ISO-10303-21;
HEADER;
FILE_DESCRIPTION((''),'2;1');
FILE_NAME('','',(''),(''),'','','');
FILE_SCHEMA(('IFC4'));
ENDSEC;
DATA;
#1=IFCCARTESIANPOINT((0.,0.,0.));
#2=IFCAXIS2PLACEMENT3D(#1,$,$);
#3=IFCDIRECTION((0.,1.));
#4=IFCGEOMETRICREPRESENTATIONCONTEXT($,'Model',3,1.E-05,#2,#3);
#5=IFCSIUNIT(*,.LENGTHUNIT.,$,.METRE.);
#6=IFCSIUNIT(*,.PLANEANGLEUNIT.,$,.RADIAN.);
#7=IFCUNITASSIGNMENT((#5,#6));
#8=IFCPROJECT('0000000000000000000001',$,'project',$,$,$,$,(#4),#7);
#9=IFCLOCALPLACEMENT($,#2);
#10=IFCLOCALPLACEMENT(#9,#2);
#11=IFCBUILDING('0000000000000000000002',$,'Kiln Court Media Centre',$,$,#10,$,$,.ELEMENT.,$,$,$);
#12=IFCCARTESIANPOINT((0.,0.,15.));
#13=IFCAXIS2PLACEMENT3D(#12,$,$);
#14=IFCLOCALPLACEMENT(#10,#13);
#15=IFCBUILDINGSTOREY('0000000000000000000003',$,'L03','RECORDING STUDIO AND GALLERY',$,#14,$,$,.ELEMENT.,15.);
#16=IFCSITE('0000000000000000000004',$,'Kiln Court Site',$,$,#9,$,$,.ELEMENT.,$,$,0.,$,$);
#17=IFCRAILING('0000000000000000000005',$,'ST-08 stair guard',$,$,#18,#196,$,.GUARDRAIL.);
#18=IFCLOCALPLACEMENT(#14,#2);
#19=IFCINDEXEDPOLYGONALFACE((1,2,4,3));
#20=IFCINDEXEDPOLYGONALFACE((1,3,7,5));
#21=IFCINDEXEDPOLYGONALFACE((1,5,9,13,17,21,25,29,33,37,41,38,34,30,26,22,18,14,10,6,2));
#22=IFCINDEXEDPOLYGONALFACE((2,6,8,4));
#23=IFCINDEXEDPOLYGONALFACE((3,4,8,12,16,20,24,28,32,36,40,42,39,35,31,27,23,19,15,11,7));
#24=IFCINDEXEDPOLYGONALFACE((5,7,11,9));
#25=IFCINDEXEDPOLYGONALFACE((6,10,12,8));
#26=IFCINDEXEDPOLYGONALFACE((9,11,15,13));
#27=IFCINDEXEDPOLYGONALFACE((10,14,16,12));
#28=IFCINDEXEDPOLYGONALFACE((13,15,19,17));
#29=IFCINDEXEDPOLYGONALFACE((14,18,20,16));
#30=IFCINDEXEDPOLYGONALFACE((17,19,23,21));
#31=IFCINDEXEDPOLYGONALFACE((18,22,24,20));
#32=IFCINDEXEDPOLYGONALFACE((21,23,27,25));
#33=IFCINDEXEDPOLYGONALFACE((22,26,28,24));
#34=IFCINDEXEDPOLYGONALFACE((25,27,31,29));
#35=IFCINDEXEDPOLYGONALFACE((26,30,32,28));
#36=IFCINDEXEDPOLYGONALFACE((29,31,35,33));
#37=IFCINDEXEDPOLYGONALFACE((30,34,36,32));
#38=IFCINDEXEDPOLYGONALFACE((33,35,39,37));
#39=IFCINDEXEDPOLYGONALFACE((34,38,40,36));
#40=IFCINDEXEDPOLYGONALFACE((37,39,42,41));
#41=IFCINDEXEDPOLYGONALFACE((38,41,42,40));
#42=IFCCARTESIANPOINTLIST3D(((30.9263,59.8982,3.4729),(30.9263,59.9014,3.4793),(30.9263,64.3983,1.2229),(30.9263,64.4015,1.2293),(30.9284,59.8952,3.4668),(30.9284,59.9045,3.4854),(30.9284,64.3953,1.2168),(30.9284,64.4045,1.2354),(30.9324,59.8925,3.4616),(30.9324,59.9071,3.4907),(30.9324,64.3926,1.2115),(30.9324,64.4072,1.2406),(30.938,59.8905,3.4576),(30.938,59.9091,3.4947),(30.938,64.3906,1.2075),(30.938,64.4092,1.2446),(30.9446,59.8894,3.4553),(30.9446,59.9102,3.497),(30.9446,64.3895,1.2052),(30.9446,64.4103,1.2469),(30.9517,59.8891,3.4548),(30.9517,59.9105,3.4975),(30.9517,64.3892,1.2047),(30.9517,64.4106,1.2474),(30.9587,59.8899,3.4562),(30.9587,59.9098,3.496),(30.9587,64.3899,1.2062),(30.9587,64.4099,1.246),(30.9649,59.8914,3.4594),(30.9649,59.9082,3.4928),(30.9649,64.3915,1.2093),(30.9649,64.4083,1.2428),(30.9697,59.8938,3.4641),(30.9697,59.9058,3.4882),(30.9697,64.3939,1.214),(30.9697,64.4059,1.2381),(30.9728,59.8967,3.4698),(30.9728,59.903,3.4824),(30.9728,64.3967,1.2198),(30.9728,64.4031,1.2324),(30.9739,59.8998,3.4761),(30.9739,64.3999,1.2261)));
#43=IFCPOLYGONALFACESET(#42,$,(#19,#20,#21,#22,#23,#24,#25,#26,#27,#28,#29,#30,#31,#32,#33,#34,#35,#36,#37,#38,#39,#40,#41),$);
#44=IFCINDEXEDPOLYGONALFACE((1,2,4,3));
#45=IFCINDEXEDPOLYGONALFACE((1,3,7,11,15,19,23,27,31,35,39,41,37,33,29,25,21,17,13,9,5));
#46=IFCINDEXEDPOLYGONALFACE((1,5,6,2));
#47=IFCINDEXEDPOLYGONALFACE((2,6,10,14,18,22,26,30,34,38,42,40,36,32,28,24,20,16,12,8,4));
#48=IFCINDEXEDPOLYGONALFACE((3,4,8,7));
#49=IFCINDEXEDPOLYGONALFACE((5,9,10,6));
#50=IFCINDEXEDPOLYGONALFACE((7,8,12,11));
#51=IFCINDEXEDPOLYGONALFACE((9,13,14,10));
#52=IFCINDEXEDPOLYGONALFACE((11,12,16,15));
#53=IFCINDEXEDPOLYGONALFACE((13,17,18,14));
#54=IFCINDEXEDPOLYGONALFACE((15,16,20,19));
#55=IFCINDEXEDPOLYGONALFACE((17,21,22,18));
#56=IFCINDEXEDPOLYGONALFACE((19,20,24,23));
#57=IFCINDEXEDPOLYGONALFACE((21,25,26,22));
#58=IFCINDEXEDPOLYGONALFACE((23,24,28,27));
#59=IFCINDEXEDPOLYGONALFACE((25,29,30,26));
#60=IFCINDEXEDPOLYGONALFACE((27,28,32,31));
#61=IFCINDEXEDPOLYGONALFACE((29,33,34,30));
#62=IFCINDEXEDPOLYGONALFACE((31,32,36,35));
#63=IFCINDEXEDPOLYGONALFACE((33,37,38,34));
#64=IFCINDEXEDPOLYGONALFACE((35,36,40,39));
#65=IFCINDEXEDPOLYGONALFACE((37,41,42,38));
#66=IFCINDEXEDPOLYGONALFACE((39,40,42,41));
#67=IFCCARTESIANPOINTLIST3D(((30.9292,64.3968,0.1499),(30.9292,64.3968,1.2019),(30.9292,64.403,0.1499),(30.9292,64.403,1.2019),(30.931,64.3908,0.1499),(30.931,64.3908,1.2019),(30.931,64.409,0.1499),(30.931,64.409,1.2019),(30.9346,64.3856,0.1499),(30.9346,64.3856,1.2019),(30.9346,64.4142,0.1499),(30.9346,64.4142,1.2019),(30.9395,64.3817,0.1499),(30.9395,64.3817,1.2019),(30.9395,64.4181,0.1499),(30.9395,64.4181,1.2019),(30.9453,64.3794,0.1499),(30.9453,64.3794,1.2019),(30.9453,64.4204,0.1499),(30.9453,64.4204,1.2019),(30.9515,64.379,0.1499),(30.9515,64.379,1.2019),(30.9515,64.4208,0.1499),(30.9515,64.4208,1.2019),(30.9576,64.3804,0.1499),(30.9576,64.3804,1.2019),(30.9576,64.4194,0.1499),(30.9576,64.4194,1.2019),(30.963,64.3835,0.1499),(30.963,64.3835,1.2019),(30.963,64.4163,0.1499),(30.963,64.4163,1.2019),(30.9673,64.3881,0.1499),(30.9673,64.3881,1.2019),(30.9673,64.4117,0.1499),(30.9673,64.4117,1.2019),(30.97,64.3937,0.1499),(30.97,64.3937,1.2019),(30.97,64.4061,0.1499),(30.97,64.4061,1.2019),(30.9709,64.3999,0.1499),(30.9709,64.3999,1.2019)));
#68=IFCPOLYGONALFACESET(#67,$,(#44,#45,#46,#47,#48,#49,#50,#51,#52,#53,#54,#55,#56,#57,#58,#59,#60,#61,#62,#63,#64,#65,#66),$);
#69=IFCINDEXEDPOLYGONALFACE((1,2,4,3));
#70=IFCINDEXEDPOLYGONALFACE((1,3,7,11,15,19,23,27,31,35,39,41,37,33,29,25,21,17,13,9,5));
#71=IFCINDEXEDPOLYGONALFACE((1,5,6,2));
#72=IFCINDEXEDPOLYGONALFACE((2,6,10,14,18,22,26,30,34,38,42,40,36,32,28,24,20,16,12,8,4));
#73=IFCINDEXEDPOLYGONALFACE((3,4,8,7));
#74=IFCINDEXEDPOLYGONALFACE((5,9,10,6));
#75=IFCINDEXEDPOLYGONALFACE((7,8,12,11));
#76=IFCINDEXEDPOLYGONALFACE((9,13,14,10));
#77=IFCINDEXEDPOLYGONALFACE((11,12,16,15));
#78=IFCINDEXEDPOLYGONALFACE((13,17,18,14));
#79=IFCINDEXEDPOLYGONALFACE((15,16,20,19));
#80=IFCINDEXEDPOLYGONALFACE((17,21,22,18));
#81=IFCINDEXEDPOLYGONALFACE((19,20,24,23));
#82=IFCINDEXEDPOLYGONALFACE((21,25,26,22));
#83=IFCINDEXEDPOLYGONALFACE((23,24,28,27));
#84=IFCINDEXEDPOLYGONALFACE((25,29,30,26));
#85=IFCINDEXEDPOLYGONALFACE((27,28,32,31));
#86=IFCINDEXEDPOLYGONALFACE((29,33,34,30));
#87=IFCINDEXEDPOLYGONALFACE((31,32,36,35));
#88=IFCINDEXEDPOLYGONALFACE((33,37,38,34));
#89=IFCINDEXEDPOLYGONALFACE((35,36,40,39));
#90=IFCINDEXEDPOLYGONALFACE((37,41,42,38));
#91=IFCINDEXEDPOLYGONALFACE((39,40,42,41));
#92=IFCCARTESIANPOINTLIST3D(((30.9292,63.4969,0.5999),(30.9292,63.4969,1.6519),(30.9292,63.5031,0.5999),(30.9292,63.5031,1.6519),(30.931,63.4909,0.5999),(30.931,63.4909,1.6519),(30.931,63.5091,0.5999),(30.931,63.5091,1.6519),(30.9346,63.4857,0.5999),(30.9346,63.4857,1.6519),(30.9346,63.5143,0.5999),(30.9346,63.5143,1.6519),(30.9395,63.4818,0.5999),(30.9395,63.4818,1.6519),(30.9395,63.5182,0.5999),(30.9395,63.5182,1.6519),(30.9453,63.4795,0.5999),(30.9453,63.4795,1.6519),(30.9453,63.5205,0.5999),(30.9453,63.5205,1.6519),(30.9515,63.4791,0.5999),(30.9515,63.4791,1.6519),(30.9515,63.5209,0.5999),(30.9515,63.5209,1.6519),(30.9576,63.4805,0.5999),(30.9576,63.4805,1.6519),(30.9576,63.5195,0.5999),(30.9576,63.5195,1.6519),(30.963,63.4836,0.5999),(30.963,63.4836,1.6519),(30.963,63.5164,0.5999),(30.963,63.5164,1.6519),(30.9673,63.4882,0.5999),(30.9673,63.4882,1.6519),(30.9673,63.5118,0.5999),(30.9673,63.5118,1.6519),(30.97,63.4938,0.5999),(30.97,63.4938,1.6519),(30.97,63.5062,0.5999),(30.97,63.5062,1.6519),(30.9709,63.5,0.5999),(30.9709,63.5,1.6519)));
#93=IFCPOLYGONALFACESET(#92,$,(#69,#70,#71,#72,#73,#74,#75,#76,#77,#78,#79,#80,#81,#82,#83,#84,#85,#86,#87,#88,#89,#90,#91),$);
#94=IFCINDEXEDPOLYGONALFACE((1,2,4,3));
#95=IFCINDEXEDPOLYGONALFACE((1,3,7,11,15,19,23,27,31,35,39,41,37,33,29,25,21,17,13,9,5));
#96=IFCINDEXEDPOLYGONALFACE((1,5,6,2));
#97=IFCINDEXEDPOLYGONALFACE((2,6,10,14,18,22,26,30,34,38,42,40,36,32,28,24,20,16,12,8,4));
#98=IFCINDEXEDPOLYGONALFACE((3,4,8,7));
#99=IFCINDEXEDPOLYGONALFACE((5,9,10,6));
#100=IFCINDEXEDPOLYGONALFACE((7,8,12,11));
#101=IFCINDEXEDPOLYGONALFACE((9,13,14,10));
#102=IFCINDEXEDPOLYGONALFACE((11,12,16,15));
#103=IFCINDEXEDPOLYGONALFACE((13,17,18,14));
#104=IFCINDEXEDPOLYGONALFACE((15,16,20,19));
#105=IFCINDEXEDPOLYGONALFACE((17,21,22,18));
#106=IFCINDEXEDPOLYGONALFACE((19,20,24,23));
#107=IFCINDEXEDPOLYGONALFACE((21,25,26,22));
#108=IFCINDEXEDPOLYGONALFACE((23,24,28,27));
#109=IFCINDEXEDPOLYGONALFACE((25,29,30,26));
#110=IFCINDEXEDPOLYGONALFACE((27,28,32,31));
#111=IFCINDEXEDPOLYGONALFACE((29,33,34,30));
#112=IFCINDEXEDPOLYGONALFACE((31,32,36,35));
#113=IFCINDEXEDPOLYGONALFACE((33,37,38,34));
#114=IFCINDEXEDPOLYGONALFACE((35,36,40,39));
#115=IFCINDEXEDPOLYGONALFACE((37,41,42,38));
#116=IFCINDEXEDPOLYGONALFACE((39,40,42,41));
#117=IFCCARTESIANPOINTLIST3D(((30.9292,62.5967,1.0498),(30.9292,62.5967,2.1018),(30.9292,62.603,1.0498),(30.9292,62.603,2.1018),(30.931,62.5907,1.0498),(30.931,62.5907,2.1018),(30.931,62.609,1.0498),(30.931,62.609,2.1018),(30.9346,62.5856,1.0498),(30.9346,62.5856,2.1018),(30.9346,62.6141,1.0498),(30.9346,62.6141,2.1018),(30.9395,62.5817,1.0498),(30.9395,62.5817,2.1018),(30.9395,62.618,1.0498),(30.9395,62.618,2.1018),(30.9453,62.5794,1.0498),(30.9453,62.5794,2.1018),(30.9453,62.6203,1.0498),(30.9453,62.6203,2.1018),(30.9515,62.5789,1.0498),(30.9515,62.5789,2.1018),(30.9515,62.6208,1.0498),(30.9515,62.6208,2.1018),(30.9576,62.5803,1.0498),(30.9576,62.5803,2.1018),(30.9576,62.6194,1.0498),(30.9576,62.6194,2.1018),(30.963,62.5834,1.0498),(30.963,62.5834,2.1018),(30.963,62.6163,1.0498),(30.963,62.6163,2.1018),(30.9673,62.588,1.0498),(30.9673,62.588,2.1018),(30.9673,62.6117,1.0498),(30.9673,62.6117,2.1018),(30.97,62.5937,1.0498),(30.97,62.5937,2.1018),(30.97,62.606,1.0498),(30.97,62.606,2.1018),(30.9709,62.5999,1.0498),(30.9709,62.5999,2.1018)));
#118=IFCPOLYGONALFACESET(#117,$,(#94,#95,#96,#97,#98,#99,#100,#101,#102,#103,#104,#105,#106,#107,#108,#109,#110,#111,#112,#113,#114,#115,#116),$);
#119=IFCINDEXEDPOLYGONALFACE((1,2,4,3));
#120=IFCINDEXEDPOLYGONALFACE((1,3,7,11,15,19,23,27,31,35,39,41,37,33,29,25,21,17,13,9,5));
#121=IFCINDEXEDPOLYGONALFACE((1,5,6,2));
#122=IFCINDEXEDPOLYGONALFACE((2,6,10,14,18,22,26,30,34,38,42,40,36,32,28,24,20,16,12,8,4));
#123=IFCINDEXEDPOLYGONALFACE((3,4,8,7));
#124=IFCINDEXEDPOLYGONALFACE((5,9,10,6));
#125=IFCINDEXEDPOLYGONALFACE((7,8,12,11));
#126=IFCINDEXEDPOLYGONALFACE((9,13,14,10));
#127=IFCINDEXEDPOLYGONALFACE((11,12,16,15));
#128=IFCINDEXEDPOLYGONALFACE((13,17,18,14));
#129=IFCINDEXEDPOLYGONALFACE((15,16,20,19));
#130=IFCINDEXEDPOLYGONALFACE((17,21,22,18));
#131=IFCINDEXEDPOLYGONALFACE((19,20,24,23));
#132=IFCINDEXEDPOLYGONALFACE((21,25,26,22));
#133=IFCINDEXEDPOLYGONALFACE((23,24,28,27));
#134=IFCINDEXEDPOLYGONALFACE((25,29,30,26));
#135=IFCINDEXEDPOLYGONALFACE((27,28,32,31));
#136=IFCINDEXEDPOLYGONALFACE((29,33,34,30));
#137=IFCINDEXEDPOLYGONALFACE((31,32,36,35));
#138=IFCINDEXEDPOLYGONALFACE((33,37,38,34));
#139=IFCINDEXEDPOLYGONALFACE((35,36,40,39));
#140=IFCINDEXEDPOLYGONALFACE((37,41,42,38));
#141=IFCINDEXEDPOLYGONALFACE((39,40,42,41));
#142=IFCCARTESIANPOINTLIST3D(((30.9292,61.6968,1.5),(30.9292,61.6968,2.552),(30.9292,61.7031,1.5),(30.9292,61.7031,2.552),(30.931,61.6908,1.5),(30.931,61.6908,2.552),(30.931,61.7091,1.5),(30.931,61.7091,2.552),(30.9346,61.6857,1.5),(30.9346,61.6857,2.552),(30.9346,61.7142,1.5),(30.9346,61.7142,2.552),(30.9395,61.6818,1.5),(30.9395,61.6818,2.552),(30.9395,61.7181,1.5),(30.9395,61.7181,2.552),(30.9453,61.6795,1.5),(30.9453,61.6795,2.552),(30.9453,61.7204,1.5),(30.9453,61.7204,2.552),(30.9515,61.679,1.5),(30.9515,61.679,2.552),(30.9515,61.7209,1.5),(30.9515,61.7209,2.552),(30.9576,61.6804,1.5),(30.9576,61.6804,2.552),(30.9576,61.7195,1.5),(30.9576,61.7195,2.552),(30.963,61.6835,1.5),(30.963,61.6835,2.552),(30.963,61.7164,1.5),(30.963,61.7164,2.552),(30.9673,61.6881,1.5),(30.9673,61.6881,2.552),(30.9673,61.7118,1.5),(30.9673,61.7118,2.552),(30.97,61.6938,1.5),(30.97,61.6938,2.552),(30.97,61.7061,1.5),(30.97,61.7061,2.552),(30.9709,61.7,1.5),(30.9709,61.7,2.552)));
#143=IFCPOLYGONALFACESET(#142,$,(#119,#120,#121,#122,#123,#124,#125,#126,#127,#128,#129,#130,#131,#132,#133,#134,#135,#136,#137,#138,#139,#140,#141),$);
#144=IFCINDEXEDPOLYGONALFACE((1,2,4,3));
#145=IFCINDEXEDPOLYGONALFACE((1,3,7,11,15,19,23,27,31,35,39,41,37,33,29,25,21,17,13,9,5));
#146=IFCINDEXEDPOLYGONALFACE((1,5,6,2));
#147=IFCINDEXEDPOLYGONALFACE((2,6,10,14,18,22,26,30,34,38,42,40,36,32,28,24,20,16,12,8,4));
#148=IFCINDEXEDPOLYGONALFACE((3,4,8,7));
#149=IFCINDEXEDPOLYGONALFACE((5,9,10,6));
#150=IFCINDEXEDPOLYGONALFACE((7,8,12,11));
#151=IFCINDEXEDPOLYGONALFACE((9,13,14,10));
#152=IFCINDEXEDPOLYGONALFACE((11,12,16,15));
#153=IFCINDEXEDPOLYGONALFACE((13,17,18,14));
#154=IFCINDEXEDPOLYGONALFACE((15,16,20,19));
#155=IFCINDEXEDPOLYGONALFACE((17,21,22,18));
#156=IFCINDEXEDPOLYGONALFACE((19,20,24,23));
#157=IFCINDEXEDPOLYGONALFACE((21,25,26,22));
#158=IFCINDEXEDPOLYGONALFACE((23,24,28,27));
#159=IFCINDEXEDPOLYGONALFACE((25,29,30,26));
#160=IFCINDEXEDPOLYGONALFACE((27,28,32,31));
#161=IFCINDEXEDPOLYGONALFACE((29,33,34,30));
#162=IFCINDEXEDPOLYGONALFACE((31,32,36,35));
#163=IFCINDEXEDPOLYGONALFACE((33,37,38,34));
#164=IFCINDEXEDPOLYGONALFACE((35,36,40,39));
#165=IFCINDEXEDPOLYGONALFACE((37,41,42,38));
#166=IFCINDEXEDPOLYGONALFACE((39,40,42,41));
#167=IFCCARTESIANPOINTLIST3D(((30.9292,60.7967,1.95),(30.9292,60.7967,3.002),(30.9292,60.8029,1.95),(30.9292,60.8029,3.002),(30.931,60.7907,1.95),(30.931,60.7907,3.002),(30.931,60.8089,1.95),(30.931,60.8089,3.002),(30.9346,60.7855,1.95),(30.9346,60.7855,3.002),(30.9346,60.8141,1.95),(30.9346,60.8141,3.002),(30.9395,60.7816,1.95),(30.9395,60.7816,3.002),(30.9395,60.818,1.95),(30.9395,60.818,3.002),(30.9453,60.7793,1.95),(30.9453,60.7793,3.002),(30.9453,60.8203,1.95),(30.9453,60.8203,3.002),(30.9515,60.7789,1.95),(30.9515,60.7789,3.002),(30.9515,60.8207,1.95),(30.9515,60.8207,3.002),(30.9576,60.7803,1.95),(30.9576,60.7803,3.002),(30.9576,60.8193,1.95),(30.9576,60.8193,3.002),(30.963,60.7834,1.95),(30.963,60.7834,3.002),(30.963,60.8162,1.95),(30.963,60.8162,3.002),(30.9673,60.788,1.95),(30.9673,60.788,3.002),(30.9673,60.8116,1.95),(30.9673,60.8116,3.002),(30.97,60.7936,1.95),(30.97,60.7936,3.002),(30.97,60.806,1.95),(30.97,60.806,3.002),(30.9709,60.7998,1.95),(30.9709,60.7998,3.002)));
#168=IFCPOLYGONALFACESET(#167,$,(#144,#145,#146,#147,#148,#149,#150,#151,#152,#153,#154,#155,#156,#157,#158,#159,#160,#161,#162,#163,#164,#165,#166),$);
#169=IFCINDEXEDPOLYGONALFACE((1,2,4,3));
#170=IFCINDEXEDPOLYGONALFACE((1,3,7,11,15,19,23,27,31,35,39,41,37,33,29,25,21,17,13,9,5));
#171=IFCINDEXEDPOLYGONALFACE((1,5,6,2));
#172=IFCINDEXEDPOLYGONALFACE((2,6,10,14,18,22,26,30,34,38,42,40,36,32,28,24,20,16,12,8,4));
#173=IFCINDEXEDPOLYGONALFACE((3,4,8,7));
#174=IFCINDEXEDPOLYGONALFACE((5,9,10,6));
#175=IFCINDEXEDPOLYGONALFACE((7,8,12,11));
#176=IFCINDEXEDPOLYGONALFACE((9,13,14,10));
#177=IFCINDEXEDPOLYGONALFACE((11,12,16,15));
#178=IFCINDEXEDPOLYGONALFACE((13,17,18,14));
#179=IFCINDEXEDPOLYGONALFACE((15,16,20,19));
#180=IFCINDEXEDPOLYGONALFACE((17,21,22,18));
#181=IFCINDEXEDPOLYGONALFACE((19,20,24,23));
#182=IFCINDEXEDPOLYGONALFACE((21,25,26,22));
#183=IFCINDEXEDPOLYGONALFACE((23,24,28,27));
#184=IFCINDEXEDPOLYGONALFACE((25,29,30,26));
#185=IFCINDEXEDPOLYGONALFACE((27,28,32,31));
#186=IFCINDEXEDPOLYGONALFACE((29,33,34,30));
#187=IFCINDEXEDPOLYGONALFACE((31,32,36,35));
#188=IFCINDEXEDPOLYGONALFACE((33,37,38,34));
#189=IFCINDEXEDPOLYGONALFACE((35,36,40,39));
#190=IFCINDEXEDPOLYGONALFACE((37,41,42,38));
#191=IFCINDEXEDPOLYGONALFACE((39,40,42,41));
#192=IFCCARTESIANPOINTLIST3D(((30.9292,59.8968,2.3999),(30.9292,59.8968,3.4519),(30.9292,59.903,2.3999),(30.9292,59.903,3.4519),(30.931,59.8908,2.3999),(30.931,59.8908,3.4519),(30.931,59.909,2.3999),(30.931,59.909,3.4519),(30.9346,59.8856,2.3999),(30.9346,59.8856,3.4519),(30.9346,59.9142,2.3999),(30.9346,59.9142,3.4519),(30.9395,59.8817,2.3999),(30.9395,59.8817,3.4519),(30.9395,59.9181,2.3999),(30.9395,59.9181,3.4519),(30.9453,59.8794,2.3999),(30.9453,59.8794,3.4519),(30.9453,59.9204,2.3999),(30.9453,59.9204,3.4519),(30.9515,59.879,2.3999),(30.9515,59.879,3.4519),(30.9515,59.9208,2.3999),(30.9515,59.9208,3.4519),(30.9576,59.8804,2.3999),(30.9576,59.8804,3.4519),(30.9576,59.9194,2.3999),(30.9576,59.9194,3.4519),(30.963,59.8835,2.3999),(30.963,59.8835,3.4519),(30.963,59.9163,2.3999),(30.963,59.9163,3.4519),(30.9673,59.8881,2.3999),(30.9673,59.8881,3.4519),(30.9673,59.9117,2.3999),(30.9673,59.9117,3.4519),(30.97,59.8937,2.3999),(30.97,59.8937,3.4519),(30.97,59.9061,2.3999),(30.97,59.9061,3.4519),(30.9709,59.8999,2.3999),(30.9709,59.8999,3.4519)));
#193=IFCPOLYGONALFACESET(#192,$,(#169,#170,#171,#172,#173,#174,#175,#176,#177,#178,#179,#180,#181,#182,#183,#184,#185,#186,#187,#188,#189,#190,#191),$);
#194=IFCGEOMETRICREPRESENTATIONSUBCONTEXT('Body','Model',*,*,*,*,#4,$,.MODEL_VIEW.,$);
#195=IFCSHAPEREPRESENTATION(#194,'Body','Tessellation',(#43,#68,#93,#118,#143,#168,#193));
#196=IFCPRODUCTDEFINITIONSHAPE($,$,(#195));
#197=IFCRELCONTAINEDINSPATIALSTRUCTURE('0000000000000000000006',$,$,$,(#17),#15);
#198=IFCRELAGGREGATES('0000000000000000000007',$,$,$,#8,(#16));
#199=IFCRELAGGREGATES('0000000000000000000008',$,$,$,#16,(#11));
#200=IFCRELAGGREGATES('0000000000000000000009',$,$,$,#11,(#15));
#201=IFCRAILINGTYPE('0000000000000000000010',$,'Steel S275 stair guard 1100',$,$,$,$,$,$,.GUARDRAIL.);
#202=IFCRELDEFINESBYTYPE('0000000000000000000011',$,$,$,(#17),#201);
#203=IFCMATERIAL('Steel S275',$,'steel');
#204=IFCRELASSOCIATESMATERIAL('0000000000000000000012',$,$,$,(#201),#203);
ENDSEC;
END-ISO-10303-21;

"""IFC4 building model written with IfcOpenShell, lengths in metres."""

from ifc_helpers import new_model, si_unit, direction, frame, origin, origin_2d, place, context, subcontext, project, spatial, circle, extrude, material, type_object, element, save


model = new_model("IFC4")

# Units and contexts
model_context = context("Model", 3, precision=1e-05, world=origin(), true_north=direction((0.0, 1.0)))
body_context = subcontext(model_context, "Body", "Model", "MODEL_VIEW")
ifc_project = project(units=[si_unit("LENGTHUNIT", "METRE"), si_unit("PLANEANGLEUNIT", "RADIAN")], contexts=[model_context])

# Site, building, storey
site_placement = place(None, origin())
site = spatial("IfcSite", under=ifc_project, at=site_placement, Name="Kiln Court Site", CompositionType="ELEMENT", RefElevation=0.0)
building_placement = place(site_placement, origin())
building = spatial("IfcBuilding", under=site, at=building_placement, Name="Kiln Court Media Centre", CompositionType="ELEMENT")
storey_placement = place(building_placement, frame((0.0, 0.0, 15.0)))
storey = spatial("IfcBuildingStorey", under=building, at=storey_placement, Name="L03", Description="RECORDING STUDIO AND GALLERY", CompositionType="ELEMENT", Elevation=15.0)

# Railing
ifc_material_1 = material(Name="Steel S275", Category="steel")
railing_type_1 = type_object("IfcRailingType", Name="Steel S275 stair guard 1100", PredefinedType="GUARDRAIL", material=ifc_material_1)
railing_1_placement = place(storey_placement, frame((30.95, 64.3999, 0.1499)))
element("IfcRailing", 1, at=railing_1_placement, inside=storey, type_object=railing_type_1, Name="ST-08 stair guard", PredefinedType="GUARDRAIL", context=body_context, shape_type="SweptSolid", body=[
    extrude(circle(Radius=0.0239, at=origin_2d()), frame((0.0, 0.0, 1.0762), z_axis=(0.0, -0.894427, 0.447214), x_axis=(1.0, 0.0, 0.0)), (0.0, 0.0, 1.0), 5.0312),
    extrude(circle(Radius=0.021, at=origin_2d()), origin(), (0.0, 0.0, 1.0), 1.052),
    extrude(circle(Radius=0.021, at=origin_2d()), frame((0.0, -0.8999, 0.45)), (0.0, 0.0, 1.0), 1.052),
    extrude(circle(Radius=0.021, at=origin_2d()), frame((0.0, -1.8, 0.8999)), (0.0, 0.0, 1.0), 1.052),
    extrude(circle(Radius=0.021, at=origin_2d()), frame((0.0, -2.7, 1.3501)), (0.0, 0.0, 1.0), 1.052),
    extrude(circle(Radius=0.021, at=origin_2d()), frame((0.0, -3.6001, 1.8)), (0.0, 0.0, 1.0), 1.052),
    extrude(circle(Radius=0.021, at=origin_2d()), frame((0.0, -4.5, 2.25)), (0.0, 0.0, 1.0), 1.052),
])

save(model, "model.ifc")
